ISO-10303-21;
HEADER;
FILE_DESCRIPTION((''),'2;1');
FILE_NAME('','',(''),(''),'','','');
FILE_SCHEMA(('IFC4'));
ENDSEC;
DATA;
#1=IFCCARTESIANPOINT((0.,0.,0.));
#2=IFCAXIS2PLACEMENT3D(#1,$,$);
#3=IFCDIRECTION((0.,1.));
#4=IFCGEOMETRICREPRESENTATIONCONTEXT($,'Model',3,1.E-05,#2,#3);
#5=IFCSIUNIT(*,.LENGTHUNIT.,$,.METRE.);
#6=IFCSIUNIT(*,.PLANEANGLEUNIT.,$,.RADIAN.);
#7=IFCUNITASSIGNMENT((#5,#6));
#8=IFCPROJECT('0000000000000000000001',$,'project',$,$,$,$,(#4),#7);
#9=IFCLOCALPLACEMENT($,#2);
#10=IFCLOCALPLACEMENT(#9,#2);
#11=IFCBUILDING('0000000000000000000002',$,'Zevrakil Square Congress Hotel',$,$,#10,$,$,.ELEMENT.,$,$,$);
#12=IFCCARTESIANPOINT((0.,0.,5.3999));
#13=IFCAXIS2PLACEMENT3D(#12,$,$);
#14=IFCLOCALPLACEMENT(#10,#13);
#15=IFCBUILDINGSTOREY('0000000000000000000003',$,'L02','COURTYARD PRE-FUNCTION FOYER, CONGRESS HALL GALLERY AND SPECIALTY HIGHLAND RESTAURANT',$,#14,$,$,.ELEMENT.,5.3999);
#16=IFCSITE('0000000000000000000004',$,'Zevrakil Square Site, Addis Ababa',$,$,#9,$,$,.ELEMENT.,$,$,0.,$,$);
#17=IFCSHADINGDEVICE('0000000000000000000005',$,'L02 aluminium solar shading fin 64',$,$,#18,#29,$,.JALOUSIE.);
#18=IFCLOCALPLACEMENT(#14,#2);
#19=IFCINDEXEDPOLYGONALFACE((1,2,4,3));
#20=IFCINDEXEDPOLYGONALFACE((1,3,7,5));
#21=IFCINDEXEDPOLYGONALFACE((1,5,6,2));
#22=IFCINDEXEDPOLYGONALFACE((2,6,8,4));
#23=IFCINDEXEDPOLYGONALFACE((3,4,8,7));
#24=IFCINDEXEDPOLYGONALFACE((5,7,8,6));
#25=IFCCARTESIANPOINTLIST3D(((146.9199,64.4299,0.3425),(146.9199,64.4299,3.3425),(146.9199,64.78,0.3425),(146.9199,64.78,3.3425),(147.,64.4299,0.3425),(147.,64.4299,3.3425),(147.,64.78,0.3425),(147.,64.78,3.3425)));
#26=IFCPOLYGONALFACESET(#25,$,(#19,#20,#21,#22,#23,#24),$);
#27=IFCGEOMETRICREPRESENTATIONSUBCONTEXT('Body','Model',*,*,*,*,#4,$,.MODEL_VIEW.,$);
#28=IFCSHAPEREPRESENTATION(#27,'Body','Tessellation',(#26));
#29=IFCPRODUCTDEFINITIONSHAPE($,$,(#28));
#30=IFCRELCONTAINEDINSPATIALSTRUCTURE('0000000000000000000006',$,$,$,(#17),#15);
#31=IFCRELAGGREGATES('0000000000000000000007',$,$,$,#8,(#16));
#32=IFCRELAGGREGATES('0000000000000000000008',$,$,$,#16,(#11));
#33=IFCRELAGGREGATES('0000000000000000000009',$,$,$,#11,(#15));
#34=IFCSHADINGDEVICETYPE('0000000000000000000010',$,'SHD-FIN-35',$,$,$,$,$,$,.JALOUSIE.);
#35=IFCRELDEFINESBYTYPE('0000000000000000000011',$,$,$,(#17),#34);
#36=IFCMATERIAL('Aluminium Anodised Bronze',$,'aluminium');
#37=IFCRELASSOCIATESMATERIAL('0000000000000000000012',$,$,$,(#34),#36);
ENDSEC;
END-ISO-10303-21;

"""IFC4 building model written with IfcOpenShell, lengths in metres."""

from ifc_helpers import new_model, si_unit, direction, frame, origin, origin_2d, place, context, subcontext, project, spatial, rectangle, extrude, material, type_object, element, save


model = new_model("IFC4")

# Units and contexts
model_context = context("Model", 3, precision=1e-05, world=origin(), true_north=direction((0.0, 1.0)))
body_context = subcontext(model_context, "Body", "Model", "MODEL_VIEW")
ifc_project = project(units=[si_unit("LENGTHUNIT", "METRE"), si_unit("PLANEANGLEUNIT", "RADIAN")], contexts=[model_context])

# Site, building, storey
site_placement = place(None, origin())
site = spatial("IfcSite", under=ifc_project, at=site_placement, Name="Zevrakil Square Site, Addis Ababa", CompositionType="ELEMENT", RefElevation=0.0)
building_placement = place(site_placement, origin())
building = spatial("IfcBuilding", under=site, at=building_placement, Name="Zevrakil Square Congress Hotel", CompositionType="ELEMENT")
storey_placement = place(building_placement, frame((0.0, 0.0, 5.3999)))
storey = spatial("IfcBuildingStorey", under=building, at=storey_placement, Name="L02", Description="COURTYARD PRE-FUNCTION FOYER, CONGRESS HALL GALLERY AND SPECIALTY HIGHLAND RESTAURANT", CompositionType="ELEMENT", Elevation=5.3999)

# Shading device
ifc_material_1 = material(Name="Aluminium Anodised Bronze", Category="aluminium")
shading_device_type = type_object("IfcShadingDeviceType", Name="SHD-FIN-35", PredefinedType="JALOUSIE", material=ifc_material_1)
for number, where, z_axis, x_axis, name in (
    (1, (146.96, 64.605, 0.3425), (0.0, 0.0, 1.0), (0.0, -1.0, 0.0), "L02 aluminium solar shading fin 64"),
):
    element("IfcShadingDevice", number, at=place(storey_placement, frame(where, z_axis=z_axis, x_axis=x_axis)), inside=storey, type_object=shading_device_type, Name=name, PredefinedType="JALOUSIE", context=body_context, shape_type="SweptSolid", body=[
        extrude(rectangle(XDim=0.3501, YDim=0.0801, at=origin_2d()), origin(), (0.0, 0.0, 1.0), 3.0),
    ])

save(model, "model.ifc")
